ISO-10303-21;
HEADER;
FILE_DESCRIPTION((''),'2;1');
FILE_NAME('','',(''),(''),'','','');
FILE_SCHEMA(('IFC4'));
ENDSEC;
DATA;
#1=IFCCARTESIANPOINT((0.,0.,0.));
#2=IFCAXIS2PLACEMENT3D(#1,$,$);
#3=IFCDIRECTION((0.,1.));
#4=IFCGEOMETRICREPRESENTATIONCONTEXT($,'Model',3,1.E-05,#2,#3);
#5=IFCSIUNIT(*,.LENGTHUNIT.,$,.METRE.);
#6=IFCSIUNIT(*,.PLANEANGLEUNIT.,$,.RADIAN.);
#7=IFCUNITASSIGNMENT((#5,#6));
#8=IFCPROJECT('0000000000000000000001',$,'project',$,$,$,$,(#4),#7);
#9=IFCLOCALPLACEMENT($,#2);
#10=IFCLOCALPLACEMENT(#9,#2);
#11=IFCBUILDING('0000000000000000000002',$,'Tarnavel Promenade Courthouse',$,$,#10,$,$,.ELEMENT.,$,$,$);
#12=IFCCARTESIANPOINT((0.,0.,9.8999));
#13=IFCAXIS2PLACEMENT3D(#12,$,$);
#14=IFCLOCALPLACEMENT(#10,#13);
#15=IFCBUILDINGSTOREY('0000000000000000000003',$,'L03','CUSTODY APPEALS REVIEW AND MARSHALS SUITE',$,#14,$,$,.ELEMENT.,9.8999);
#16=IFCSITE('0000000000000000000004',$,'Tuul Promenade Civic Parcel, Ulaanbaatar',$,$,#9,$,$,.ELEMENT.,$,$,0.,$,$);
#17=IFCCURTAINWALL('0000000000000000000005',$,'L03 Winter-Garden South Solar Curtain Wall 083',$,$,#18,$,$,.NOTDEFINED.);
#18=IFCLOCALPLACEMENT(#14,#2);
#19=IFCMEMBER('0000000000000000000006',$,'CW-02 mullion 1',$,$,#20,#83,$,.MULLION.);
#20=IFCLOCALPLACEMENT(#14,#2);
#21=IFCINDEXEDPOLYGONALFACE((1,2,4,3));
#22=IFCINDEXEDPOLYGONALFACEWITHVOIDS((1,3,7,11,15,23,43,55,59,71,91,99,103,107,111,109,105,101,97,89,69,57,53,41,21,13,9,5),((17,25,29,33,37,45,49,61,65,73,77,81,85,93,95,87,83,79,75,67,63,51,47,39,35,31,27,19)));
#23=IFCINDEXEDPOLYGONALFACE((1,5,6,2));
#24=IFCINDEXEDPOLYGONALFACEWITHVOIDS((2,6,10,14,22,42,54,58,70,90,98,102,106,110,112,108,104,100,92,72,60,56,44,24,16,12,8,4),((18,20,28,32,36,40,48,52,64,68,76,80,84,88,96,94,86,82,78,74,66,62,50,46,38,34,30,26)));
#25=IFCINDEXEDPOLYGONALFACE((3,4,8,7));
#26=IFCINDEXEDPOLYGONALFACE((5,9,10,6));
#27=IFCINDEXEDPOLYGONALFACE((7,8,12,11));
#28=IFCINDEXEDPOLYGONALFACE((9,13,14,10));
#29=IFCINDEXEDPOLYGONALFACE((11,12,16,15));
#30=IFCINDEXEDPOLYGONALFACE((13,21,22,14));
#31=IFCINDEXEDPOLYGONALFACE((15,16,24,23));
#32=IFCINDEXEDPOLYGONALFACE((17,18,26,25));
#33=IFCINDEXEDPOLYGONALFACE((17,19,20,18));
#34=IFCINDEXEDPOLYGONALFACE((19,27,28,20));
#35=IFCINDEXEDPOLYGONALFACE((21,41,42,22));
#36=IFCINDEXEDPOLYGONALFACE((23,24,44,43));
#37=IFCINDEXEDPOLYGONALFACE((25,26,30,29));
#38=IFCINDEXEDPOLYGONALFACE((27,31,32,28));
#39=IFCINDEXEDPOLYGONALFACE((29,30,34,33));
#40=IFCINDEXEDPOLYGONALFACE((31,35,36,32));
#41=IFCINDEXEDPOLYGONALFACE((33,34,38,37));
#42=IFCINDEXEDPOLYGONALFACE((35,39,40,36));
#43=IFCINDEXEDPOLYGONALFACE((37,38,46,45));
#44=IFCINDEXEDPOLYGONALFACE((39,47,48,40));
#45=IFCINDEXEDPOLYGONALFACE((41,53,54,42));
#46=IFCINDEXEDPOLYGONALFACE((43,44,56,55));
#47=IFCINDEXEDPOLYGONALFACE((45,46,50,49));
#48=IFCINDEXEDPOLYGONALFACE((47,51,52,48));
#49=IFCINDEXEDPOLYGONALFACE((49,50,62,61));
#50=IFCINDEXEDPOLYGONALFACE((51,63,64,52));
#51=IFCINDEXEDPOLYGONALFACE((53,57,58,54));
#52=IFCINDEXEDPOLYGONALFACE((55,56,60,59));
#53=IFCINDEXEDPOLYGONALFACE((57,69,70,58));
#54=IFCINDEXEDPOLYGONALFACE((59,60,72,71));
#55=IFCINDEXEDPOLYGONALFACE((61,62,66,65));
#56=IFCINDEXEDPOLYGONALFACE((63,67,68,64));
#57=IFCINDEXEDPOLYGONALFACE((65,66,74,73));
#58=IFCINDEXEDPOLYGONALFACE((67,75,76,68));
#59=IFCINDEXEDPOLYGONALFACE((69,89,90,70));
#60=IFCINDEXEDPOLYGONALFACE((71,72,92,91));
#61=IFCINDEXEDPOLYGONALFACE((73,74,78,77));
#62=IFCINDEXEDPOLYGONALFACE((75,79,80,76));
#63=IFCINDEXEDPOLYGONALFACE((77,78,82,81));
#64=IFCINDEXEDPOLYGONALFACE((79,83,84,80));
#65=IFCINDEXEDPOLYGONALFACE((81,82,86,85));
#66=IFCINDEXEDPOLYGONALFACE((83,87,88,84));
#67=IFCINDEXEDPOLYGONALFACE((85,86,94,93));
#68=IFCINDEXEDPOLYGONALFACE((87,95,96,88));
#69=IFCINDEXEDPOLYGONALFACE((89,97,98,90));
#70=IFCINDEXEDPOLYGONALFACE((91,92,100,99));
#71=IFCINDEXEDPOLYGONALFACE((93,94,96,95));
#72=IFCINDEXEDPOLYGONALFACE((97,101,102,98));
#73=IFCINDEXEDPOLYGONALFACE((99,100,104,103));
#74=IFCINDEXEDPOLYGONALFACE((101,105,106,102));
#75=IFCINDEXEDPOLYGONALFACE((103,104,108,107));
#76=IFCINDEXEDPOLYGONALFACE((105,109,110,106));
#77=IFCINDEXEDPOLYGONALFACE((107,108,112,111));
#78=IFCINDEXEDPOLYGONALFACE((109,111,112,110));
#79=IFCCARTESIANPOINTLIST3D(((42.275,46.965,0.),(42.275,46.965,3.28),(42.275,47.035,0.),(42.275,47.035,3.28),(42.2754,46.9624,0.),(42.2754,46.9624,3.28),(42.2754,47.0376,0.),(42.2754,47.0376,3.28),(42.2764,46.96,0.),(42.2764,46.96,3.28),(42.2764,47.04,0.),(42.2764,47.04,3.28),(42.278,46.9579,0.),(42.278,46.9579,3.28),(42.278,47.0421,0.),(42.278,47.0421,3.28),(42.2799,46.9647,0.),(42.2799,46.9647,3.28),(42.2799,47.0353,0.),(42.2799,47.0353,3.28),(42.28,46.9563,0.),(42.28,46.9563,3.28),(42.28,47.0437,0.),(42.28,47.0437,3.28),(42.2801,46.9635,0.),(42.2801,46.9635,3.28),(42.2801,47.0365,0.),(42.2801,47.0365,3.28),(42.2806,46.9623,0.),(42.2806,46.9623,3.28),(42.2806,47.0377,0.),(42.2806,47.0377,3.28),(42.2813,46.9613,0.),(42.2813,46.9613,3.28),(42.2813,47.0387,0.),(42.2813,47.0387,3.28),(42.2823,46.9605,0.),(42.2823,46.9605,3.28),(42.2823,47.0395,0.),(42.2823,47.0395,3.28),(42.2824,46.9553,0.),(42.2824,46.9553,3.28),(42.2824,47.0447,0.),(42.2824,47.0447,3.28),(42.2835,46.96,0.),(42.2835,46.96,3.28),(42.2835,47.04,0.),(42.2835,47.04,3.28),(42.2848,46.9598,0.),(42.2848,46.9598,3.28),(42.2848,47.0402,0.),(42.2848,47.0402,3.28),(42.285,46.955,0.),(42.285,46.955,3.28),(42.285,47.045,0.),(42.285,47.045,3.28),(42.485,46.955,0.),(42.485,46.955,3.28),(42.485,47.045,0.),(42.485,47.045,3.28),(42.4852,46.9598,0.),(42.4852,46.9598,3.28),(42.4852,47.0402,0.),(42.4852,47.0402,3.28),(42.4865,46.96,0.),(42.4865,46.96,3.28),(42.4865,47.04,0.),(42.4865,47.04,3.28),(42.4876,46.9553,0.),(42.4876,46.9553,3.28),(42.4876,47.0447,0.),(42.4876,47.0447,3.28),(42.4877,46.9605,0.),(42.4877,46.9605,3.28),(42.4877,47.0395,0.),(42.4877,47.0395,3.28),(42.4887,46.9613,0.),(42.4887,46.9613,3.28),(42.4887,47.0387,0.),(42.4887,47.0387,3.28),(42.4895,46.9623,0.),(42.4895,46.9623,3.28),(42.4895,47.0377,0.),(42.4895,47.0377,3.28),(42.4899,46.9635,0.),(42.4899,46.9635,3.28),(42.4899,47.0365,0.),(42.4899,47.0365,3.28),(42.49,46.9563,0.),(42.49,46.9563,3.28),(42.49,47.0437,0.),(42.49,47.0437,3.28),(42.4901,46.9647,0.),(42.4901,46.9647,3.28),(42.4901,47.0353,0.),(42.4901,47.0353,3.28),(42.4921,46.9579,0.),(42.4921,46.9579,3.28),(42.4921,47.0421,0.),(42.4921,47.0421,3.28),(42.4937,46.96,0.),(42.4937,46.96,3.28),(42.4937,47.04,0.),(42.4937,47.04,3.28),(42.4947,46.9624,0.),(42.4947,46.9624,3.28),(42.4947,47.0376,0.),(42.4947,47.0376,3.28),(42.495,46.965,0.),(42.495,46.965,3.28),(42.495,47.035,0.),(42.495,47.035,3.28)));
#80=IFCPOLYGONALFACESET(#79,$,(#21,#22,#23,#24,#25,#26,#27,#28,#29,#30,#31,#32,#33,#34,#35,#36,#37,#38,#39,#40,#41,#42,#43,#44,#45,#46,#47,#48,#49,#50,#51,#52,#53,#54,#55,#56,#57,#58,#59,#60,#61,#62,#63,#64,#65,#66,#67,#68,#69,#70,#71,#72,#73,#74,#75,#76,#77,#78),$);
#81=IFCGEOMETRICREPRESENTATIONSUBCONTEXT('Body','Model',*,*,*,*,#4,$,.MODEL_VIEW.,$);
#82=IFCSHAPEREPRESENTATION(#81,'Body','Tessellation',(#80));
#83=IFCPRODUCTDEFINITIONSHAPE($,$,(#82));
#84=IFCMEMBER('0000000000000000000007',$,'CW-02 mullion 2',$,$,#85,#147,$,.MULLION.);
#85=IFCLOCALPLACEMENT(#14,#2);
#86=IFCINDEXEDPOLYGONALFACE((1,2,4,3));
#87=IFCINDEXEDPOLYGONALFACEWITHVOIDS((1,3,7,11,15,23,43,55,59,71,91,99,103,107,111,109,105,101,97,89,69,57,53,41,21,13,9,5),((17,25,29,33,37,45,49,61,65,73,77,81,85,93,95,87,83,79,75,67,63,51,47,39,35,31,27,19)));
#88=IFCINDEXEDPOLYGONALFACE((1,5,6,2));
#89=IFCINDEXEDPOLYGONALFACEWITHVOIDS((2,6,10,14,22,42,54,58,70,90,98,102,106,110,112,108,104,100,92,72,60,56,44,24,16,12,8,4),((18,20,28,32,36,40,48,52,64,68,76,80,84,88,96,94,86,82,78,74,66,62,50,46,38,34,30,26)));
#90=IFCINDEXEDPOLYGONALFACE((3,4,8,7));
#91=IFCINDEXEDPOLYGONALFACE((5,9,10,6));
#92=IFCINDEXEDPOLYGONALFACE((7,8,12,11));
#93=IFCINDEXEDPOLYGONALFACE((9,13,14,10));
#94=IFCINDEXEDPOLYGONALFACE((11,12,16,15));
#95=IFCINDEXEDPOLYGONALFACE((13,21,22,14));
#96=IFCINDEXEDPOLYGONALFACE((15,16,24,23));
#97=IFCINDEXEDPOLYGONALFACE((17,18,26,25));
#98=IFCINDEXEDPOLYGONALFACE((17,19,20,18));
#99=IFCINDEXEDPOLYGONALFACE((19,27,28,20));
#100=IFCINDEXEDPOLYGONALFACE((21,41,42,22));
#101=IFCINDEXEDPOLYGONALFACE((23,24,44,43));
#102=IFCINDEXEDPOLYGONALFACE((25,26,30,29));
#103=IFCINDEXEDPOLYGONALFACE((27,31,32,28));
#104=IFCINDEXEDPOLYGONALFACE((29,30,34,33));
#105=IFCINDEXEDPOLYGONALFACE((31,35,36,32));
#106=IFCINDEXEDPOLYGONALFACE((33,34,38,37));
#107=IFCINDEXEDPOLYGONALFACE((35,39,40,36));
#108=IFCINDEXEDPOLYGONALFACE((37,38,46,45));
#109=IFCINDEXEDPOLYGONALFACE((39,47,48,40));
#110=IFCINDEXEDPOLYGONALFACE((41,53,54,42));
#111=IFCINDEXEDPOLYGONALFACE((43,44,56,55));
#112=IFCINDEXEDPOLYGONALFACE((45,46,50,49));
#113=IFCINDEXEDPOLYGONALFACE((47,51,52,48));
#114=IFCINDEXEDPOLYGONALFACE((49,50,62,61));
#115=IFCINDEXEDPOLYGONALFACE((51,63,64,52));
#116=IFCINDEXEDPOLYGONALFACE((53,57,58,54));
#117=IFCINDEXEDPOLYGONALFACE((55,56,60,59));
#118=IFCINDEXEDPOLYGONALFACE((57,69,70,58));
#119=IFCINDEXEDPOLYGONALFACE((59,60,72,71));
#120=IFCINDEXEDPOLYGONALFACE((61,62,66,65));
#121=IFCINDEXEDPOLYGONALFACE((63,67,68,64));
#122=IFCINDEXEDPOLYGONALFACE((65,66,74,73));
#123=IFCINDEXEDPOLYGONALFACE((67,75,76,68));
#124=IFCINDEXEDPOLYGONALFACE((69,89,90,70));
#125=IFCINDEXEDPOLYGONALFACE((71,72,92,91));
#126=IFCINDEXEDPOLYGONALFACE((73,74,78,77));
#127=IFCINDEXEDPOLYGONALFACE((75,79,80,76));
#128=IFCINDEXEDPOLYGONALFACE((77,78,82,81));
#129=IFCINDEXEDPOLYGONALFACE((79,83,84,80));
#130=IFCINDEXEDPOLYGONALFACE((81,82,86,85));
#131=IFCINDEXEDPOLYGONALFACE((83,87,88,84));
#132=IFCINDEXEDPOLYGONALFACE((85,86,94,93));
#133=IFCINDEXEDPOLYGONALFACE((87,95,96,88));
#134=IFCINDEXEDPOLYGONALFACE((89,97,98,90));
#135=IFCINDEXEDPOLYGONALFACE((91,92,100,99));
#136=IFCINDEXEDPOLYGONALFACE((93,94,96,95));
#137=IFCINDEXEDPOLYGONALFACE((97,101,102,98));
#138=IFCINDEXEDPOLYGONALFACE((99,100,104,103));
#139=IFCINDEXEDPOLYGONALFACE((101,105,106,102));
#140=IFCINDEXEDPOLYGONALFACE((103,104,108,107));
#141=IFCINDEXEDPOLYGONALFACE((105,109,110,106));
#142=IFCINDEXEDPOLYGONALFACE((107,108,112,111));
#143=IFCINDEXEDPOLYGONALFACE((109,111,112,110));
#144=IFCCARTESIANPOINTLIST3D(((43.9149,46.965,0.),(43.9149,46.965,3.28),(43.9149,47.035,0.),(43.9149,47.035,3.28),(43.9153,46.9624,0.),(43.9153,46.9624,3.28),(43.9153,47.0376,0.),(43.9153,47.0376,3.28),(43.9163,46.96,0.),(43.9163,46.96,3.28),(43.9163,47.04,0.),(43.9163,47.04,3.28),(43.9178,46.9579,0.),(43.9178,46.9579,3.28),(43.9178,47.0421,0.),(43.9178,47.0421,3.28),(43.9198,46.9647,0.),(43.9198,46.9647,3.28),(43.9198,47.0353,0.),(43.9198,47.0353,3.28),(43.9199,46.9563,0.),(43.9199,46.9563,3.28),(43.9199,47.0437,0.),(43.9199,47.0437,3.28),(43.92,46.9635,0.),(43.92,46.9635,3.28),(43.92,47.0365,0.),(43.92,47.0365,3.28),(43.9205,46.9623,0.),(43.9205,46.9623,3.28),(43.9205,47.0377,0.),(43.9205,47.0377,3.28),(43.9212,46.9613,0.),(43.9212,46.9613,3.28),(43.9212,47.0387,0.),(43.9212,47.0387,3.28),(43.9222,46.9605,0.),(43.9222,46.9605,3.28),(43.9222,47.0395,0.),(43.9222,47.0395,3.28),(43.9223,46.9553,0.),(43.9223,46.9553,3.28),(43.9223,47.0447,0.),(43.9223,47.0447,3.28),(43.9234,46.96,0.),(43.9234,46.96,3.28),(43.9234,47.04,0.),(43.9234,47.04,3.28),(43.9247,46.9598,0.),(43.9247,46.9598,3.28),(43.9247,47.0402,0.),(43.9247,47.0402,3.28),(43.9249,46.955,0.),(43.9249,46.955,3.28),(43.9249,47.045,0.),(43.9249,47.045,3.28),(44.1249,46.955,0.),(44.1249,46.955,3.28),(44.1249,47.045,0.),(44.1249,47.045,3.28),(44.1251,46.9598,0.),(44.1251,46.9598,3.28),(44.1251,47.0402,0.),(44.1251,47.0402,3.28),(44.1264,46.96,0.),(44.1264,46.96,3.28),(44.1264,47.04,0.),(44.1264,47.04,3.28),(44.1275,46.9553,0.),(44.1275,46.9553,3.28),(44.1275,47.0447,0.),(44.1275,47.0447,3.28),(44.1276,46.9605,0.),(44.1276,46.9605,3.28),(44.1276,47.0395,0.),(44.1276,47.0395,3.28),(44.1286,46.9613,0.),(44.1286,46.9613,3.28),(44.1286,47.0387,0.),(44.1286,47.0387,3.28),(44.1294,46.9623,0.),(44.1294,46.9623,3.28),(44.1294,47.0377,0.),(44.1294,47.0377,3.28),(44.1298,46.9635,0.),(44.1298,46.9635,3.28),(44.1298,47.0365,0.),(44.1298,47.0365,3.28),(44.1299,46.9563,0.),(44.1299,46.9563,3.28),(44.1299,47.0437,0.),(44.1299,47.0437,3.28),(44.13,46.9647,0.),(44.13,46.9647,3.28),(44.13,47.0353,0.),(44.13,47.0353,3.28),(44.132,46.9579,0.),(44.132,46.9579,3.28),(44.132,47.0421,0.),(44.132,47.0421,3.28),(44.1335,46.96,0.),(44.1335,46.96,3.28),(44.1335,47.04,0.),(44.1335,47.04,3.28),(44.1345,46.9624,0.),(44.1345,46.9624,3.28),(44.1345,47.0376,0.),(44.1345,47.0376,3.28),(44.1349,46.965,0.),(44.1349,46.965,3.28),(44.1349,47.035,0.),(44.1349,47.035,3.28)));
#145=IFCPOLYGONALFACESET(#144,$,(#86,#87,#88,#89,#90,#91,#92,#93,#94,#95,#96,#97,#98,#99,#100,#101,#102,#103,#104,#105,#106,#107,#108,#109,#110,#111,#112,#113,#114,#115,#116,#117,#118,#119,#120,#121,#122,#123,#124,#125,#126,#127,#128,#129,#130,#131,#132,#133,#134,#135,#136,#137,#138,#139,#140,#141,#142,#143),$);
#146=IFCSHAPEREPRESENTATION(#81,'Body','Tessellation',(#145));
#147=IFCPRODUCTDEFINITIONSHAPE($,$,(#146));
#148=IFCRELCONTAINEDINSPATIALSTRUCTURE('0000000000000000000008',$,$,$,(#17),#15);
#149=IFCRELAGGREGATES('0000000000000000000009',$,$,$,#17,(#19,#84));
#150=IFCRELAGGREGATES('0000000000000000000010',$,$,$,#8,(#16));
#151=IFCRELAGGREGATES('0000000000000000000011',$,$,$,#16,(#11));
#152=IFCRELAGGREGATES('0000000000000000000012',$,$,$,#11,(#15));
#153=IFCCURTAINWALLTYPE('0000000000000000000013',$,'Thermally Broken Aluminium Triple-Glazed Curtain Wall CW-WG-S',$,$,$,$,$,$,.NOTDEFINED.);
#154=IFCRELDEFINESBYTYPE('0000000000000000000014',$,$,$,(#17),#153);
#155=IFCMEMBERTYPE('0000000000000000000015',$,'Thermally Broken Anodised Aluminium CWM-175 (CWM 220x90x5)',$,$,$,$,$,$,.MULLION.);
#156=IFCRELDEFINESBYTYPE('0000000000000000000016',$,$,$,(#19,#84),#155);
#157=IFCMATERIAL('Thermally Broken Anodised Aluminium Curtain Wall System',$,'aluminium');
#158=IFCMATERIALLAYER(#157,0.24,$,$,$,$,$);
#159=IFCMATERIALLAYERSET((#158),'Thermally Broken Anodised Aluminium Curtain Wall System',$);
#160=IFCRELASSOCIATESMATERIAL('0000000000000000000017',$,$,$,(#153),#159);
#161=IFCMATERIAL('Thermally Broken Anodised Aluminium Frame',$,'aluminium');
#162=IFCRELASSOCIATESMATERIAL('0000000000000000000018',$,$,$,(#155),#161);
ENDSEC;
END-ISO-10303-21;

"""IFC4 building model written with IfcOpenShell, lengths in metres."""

from ifc_helpers import new_model, si_unit, direction, frame, origin, origin_2d, place, context, subcontext, project, spatial, hollow_rectangle, extrude, material, layer, layer_set, material_profile, profile_set, type_object, element, aggregate, save


model = new_model("IFC4")

# Units and contexts
model_context = context("Model", 3, precision=1e-05, world=origin(), true_north=direction((0.0, 1.0)))
body_context = subcontext(model_context, "Body", "Model", "MODEL_VIEW")
ifc_project = project(units=[si_unit("LENGTHUNIT", "METRE"), si_unit("PLANEANGLEUNIT", "RADIAN")], contexts=[model_context])

# Site, building, storey
site_placement = place(None, origin())
site = spatial("IfcSite", under=ifc_project, at=site_placement, Name="Tuul Promenade Civic Parcel, Ulaanbaatar", CompositionType="ELEMENT", RefElevation=0.0)
building_placement = place(site_placement, origin())
building = spatial("IfcBuilding", under=site, at=building_placement, Name="Tarnavel Promenade Courthouse", CompositionType="ELEMENT")
storey_placement = place(building_placement, frame((0.0, 0.0, 9.8999)))
storey = spatial("IfcBuildingStorey", under=building, at=storey_placement, Name="L03", Description="CUSTODY APPEALS REVIEW AND MARSHALS SUITE", CompositionType="ELEMENT", Elevation=9.8999)

# Shared definitions
ifc_material_1 = material(Name="Thermally Broken Anodised Aluminium Curtain Wall System", Category="aluminium")
ifc_layer_1 = layer(ifc_material_1, 0.24)
ifc_layer_set_1 = layer_set([ifc_layer_1], Name="Thermally Broken Anodised Aluminium Curtain Wall System")
curtain_wall_type = type_object("IfcCurtainWallType", Name="Thermally Broken Aluminium Triple-Glazed Curtain Wall CW-WG-S", PredefinedType="NOTDEFINED", material=ifc_layer_set_1)
ifc_material_2 = material(Name="Thermally Broken Anodised Aluminium Frame", Category="aluminium")
ifc_material_profile_1 = material_profile(ifc_material_2, hollow_rectangle(XDim=0.0901, YDim=0.22, WallThickness=0.0049, InnerFilletRadius=0.0049, OuterFilletRadius=0.01, at=origin_2d()), Name="CWM 220x90x5")
ifc_profile_set_1 = profile_set([ifc_material_profile_1], Name="Thermally Broken Anodised Aluminium Frame")
member_type_1 = type_object("IfcMemberType", Name="Thermally Broken Anodised Aluminium CWM-175 (CWM 220x90x5)", PredefinedType="MULLION", material=ifc_profile_set_1)

# Curtain wall, members
curtain_wall_1_placement = place(storey_placement, origin())
curtain_wall_1 = element("IfcCurtainWall", 1, at=curtain_wall_1_placement, inside=storey, type_object=curtain_wall_type, Name="L03 Winter-Garden South Solar Curtain Wall 083", PredefinedType="NOTDEFINED")
member_1_placement = place(storey_placement, frame((42.385, 47.0, 0.0), z_axis=(0.0, 0.0, 1.0), x_axis=(0.0, 1.0, 0.0)))
member_1 = element("IfcMember", 2, at=member_1_placement, type_object=member_type_1, Name="CW-02 mullion 1", PredefinedType="MULLION", context=body_context, shape_type="SweptSolid", body=[
    extrude(hollow_rectangle(XDim=0.0901, YDim=0.22, WallThickness=0.0049, InnerFilletRadius=0.0049, OuterFilletRadius=0.01, at=origin_2d()), origin(), (0.0, 0.0, 1.0), 3.28),
])
member_2_placement = place(storey_placement, frame((44.0249, 47.0, 0.0), z_axis=(0.0, 0.0, 1.0), x_axis=(0.0, 1.0, 0.0)))
member_2 = element("IfcMember", 3, at=member_2_placement, type_object=member_type_1, Name="CW-02 mullion 2", PredefinedType="MULLION", context=body_context, shape_type="SweptSolid", body=[
    extrude(hollow_rectangle(XDim=0.0901, YDim=0.22, WallThickness=0.0049, InnerFilletRadius=0.0049, OuterFilletRadius=0.01, at=origin_2d()), origin(), (0.0, 0.0, 1.0), 3.28),
])

aggregate(curtain_wall_1, [member_1, member_2])

save(model, "model.ifc")
